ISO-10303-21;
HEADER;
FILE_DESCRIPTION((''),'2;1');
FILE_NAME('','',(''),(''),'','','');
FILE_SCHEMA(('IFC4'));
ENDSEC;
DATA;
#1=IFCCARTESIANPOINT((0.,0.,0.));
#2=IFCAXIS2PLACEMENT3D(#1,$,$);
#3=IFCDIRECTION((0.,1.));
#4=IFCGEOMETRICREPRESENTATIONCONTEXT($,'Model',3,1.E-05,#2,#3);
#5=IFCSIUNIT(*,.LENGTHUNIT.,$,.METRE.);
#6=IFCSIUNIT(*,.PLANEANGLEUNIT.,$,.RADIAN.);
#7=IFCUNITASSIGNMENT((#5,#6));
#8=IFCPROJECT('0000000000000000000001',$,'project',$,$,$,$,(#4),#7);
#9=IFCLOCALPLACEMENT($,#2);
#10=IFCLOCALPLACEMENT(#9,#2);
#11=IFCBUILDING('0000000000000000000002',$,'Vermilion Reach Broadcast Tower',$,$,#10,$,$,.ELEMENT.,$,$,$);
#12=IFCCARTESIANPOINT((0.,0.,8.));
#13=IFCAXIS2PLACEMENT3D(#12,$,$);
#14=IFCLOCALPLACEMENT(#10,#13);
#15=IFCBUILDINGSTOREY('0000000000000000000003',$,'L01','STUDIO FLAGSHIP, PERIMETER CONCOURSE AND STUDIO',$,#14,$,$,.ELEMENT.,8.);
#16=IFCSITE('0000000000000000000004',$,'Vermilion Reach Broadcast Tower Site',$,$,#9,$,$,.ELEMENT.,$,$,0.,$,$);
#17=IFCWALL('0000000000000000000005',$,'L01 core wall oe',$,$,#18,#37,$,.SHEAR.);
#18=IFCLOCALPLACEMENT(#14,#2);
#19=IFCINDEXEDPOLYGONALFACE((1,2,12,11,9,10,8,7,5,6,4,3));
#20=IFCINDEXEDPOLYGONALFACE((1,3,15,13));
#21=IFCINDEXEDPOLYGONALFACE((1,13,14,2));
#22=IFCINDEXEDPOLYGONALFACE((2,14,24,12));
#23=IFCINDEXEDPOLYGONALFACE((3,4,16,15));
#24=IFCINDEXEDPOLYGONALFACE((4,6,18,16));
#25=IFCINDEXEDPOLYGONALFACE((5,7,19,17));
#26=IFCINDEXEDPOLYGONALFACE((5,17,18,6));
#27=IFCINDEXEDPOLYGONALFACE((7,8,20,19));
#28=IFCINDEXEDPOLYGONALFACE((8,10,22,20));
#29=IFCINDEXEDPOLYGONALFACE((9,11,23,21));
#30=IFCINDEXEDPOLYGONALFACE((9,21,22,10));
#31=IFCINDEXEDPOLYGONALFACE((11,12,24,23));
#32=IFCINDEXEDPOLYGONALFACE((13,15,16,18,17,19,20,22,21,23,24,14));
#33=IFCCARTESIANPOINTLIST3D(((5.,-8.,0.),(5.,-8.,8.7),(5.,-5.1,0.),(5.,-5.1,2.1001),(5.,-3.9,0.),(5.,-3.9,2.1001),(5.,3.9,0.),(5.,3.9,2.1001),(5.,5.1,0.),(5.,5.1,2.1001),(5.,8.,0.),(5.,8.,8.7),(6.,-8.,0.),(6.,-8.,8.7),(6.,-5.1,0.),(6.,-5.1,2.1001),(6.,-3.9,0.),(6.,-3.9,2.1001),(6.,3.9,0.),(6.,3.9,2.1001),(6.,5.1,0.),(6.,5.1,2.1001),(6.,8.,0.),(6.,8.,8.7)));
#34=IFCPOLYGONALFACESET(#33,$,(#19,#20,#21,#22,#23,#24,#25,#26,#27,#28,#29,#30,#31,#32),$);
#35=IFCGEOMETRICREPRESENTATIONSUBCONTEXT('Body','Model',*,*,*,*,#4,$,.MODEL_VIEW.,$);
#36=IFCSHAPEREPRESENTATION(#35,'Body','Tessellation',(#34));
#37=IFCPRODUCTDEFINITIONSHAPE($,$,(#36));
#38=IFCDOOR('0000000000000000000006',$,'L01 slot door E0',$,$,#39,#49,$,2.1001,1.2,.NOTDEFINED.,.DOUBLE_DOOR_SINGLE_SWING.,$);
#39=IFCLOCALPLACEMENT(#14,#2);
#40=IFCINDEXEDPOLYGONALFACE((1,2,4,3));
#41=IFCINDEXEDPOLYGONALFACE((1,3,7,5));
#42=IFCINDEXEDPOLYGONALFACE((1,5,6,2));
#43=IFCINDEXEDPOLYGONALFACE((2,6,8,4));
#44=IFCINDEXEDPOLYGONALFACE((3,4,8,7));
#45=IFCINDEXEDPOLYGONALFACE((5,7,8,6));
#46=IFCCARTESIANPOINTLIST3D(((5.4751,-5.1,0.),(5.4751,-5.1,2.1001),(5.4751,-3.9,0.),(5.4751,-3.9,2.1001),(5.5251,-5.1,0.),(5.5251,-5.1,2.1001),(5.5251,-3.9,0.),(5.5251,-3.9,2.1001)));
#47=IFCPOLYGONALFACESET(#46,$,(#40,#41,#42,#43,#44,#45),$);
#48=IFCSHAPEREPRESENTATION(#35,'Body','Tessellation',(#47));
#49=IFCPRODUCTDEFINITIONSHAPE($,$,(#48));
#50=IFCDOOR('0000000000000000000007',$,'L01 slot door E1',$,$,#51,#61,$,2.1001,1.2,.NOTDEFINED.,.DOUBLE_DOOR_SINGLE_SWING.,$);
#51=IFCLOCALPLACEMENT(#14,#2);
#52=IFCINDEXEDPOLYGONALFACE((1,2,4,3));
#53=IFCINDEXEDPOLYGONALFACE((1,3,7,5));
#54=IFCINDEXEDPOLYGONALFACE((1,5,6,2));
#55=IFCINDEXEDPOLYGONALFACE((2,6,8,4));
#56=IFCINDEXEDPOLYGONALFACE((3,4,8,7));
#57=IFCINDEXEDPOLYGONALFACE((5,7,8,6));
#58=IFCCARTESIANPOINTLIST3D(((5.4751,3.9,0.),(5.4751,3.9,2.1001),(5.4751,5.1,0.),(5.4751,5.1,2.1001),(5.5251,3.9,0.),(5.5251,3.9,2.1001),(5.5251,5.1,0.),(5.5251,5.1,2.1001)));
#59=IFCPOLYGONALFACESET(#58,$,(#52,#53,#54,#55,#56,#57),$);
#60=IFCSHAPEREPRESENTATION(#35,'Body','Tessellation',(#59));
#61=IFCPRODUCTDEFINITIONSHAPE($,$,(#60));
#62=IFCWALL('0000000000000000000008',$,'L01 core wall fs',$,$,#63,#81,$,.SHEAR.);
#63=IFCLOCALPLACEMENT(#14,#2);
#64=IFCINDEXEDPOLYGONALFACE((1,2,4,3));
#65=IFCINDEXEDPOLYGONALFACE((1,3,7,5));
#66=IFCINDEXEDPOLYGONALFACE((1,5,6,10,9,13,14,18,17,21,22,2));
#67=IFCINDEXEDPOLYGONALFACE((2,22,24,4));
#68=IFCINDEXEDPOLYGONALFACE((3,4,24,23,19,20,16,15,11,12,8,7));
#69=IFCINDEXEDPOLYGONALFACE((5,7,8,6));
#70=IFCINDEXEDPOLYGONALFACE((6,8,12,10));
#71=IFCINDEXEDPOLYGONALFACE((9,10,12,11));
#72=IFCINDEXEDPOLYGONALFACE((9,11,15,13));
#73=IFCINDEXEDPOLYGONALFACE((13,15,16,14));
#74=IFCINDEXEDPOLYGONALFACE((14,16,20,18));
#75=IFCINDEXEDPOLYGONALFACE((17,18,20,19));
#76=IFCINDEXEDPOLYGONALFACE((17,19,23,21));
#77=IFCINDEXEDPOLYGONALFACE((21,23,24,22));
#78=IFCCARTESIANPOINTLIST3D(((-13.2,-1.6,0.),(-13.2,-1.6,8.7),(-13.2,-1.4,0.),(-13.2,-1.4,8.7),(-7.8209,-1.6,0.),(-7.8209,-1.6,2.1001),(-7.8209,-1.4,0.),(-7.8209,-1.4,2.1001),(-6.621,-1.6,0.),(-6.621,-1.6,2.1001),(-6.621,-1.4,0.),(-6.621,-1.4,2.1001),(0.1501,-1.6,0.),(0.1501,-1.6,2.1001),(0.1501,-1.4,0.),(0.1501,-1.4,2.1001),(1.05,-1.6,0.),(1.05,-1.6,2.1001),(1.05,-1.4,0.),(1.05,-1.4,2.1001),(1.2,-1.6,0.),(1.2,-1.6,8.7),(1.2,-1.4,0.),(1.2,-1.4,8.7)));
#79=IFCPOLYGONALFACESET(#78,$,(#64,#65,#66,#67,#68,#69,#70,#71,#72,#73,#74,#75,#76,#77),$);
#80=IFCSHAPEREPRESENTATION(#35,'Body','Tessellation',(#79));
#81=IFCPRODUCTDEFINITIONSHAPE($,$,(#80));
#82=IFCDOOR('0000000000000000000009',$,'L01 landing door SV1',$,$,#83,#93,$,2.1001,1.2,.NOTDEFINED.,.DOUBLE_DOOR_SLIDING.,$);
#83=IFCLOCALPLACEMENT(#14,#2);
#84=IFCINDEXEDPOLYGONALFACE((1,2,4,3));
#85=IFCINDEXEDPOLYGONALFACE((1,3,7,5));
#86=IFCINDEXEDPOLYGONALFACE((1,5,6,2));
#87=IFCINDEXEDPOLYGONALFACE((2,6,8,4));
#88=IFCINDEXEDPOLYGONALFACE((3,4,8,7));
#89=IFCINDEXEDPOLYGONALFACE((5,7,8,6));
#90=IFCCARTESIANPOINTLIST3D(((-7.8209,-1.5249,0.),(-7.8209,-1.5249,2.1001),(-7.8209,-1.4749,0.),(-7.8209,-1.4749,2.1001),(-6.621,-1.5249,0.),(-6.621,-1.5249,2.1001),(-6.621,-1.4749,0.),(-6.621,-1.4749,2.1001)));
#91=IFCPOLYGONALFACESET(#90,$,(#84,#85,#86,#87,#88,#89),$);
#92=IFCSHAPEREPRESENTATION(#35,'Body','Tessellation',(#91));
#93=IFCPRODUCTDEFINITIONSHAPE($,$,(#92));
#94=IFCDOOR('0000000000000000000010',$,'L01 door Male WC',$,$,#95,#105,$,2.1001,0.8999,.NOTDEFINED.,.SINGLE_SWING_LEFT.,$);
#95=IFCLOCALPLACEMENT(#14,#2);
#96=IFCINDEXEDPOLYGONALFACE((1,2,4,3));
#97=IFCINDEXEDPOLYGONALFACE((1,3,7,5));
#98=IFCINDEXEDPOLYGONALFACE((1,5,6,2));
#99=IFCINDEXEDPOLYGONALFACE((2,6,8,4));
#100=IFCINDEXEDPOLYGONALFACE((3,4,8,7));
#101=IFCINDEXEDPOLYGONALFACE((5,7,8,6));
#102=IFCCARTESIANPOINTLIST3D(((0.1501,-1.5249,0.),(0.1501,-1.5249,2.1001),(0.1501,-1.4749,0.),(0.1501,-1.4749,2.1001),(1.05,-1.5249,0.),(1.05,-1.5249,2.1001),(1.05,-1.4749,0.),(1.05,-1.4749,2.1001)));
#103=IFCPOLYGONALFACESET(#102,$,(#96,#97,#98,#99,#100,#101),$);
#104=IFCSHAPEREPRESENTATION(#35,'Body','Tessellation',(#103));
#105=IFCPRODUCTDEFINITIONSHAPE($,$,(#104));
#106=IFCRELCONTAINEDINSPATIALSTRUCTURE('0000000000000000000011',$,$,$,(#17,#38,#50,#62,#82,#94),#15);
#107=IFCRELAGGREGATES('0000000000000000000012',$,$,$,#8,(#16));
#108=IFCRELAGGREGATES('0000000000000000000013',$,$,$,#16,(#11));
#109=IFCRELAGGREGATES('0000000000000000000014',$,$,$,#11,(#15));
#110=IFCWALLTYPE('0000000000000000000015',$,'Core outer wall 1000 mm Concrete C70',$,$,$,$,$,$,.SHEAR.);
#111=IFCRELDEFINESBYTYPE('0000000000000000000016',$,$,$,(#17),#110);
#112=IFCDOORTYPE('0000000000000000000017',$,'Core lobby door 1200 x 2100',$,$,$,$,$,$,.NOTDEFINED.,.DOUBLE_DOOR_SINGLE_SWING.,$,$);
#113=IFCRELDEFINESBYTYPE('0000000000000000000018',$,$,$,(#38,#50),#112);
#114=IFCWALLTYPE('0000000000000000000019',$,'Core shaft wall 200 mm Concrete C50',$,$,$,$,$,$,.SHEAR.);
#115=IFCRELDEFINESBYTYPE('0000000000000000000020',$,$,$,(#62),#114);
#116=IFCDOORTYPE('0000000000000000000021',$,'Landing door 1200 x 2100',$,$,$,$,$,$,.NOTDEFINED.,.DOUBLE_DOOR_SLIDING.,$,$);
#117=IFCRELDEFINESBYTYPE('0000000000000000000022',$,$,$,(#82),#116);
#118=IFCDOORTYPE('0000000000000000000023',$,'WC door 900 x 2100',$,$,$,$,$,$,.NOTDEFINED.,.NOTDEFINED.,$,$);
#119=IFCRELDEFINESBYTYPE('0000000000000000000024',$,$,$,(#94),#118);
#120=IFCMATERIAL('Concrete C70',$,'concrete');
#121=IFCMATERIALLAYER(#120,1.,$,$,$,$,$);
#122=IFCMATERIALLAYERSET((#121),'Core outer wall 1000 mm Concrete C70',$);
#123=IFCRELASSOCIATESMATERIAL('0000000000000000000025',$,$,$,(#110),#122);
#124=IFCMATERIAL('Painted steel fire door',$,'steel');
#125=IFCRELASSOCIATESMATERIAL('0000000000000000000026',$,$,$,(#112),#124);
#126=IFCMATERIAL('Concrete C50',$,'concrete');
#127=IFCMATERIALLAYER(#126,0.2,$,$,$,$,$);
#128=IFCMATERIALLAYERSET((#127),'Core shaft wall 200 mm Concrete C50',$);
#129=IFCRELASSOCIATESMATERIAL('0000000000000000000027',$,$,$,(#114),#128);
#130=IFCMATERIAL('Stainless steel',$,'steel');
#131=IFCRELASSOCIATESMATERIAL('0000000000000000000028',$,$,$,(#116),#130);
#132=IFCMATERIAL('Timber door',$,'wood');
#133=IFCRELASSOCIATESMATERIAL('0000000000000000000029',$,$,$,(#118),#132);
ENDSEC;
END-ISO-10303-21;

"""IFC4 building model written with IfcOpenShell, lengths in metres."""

from ifc_helpers import new_model, si_unit, direction, frame, frame_2d, origin, place, context, subcontext, project, spatial, rectangle, extrude, material, layer, layer_set, type_object, element, fill, save


model = new_model("IFC4")

# Units and contexts
model_context = context("Model", 3, precision=1e-05, world=origin(), true_north=direction((0.0, 1.0)))
body_context = subcontext(model_context, "Body", "Model", "MODEL_VIEW")
ifc_project = project(units=[si_unit("LENGTHUNIT", "METRE"), si_unit("PLANEANGLEUNIT", "RADIAN")], contexts=[model_context])

# Site, building, storey
site_placement = place(None, origin())
site = spatial("IfcSite", under=ifc_project, at=site_placement, Name="Vermilion Reach Broadcast Tower Site", CompositionType="ELEMENT", RefElevation=0.0)
building_placement = place(site_placement, origin())
building = spatial("IfcBuilding", under=site, at=building_placement, Name="Vermilion Reach Broadcast Tower", CompositionType="ELEMENT")
storey_placement = place(building_placement, frame((0.0, 0.0, 8.0)))
storey = spatial("IfcBuildingStorey", under=building, at=storey_placement, Name="L01", Description="STUDIO FLAGSHIP, PERIMETER CONCOURSE AND STUDIO", CompositionType="ELEMENT", Elevation=8.0)

# Walls, openings, doors
ifc_material_1 = material(Name="Concrete C70", Category="concrete")
ifc_layer_1 = layer(ifc_material_1, 1.0)
ifc_layer_set_1 = layer_set([ifc_layer_1], Name="Core outer wall 1000 mm Concrete C70")
wall_type_1 = type_object("IfcWallType", Name="Core outer wall 1000 mm Concrete C70", PredefinedType="SHEAR", material=ifc_layer_set_1)
wall_1_placement = place(storey_placement, frame((5.5, -8.0, 0.0), z_axis=(0.0, 0.0, 1.0), x_axis=(0.0, 1.0, 0.0)))
wall_1 = element("IfcWall", 1, at=wall_1_placement, inside=storey, type_object=wall_type_1, Name="L01 core wall oe", PredefinedType="SHEAR", context=body_context, shape_type="SweptSolid", body=[
    extrude(rectangle(XDim=16.0, YDim=1.0, at=frame_2d((8.0, 0.0))), origin(), (0.0, 0.0, 1.0), 8.7),
])
opening_1_placement = place(wall_1_placement, frame((2.8999, 0.0, 0.0)))
opening_1 = element("IfcOpeningElement", 2, at=opening_1_placement, cuts=wall_1, PredefinedType="OPENING", context=body_context, shape_type="SweptSolid", body=[
    extrude(rectangle(XDim=1.2, YDim=2.1001, at=frame_2d((0.6001, 1.05))), frame((0.0, 0.51, 0.0), z_axis=(0.0, -1.0, 0.0), x_axis=(1.0, 0.0, 0.0)), (0.0, 0.0, 1.0), 1.02),
])
opening_2_placement = place(wall_1_placement, frame((11.8999, 0.0, 0.0)))
opening_2 = element("IfcOpeningElement", 3, at=opening_2_placement, cuts=wall_1, PredefinedType="OPENING", context=body_context, shape_type="SweptSolid", body=[
    extrude(rectangle(XDim=1.2, YDim=2.1001, at=frame_2d((0.6001, 1.05))), frame((0.0, 0.51, 0.0), z_axis=(0.0, -1.0, 0.0), x_axis=(1.0, 0.0, 0.0)), (0.0, 0.0, 1.0), 1.02),
])
ifc_material_2 = material(Name="Painted steel fire door", Category="steel")
door_type_1 = type_object("IfcDoorType", Name="Core lobby door 1200 x 2100", OperationType="DOUBLE_DOOR_SINGLE_SWING", PredefinedType="NOTDEFINED", material=ifc_material_2)
door_1_placement = place(opening_1_placement, origin())
door_1 = element("IfcDoor", 4, at=door_1_placement, inside=storey, type_object=door_type_1, Name="L01 slot door E0", OperationType="DOUBLE_DOOR_SINGLE_SWING", OverallHeight=2.1001, OverallWidth=1.2, PredefinedType="NOTDEFINED", context=body_context, shape_type="SweptSolid", body=[
    extrude(rectangle(XDim=1.2, YDim=2.1001, at=frame_2d((0.6001, 1.05))), frame((0.0, 0.0249, 0.0), z_axis=(0.0, -1.0, 0.0), x_axis=(1.0, 0.0, 0.0)), (0.0, 0.0, 1.0), 0.05),
])
fill(opening_1, door_1)
door_2_placement = place(opening_2_placement, origin())
door_2 = element("IfcDoor", 5, at=door_2_placement, inside=storey, type_object=door_type_1, Name="L01 slot door E1", OperationType="DOUBLE_DOOR_SINGLE_SWING", OverallHeight=2.1001, OverallWidth=1.2, PredefinedType="NOTDEFINED", context=body_context, shape_type="SweptSolid", body=[
    extrude(rectangle(XDim=1.2, YDim=2.1001, at=frame_2d((0.6001, 1.05))), frame((0.0, 0.0249, 0.0), z_axis=(0.0, -1.0, 0.0), x_axis=(1.0, 0.0, 0.0)), (0.0, 0.0, 1.0), 0.05),
])
fill(opening_2, door_2)
ifc_material_3 = material(Name="Concrete C50", Category="concrete")
ifc_layer_2 = layer(ifc_material_3, 0.2)
ifc_layer_set_2 = layer_set([ifc_layer_2], Name="Core shaft wall 200 mm Concrete C50")
wall_type_2 = type_object("IfcWallType", Name="Core shaft wall 200 mm Concrete C50", PredefinedType="SHEAR", material=ifc_layer_set_2)
wall_2_placement = place(storey_placement, frame((1.2, -1.5, 0.0), z_axis=(0.0, 0.0, 1.0), x_axis=(-1.0, 0.0, 0.0)))
wall_2 = element("IfcWall", 6, at=wall_2_placement, inside=storey, type_object=wall_type_2, Name="L01 core wall fs", PredefinedType="SHEAR", context=body_context, shape_type="SweptSolid", body=[
    extrude(rectangle(XDim=14.3999, YDim=0.2, at=frame_2d((7.2, 0.0))), origin(), (0.0, 0.0, 1.0), 8.7),
])
opening_3_placement = place(wall_2_placement, frame((7.8208, 0.0, 0.0)))
opening_3 = element("IfcOpeningElement", 7, at=opening_3_placement, cuts=wall_2, PredefinedType="OPENING", context=body_context, shape_type="SweptSolid", body=[
    extrude(rectangle(XDim=1.2, YDim=2.1001, at=frame_2d((0.6001, 1.05))), frame((0.0, 0.1099, 0.0), z_axis=(0.0, -1.0, 0.0), x_axis=(1.0, 0.0, 0.0)), (0.0, 0.0, 1.0), 0.22),
])
opening_4_placement = place(wall_2_placement, frame((0.1499, 0.0, 0.0)))
opening_4 = element("IfcOpeningElement", 8, at=opening_4_placement, cuts=wall_2, PredefinedType="OPENING", context=body_context, shape_type="SweptSolid", body=[
    extrude(rectangle(XDim=0.8999, YDim=2.1001, at=frame_2d((0.45, 1.05))), frame((0.0, 0.1099, 0.0), z_axis=(0.0, -1.0, 0.0), x_axis=(1.0, 0.0, 0.0)), (0.0, 0.0, 1.0), 0.22),
])
ifc_material_4 = material(Name="Stainless steel", Category="steel")
door_type_2 = type_object("IfcDoorType", Name="Landing door 1200 x 2100", OperationType="DOUBLE_DOOR_SLIDING", PredefinedType="NOTDEFINED", material=ifc_material_4)
door_3_placement = place(opening_3_placement, origin())
door_3 = element("IfcDoor", 9, at=door_3_placement, inside=storey, type_object=door_type_2, Name="L01 landing door SV1", OperationType="DOUBLE_DOOR_SLIDING", OverallHeight=2.1001, OverallWidth=1.2, PredefinedType="NOTDEFINED", context=body_context, shape_type="SweptSolid", body=[
    extrude(rectangle(XDim=1.2, YDim=2.1001, at=frame_2d((0.6001, 1.05))), frame((0.0, 0.0249, 0.0), z_axis=(0.0, -1.0, 0.0), x_axis=(1.0, 0.0, 0.0)), (0.0, 0.0, 1.0), 0.05),
])
fill(opening_3, door_3)
ifc_material_5 = material(Name="Timber door", Category="wood")
door_type_3 = type_object("IfcDoorType", Name="WC door 900 x 2100", OperationType="NOTDEFINED", PredefinedType="NOTDEFINED", material=ifc_material_5)
door_4_placement = place(opening_4_placement, origin())
door_4 = element("IfcDoor", 10, at=door_4_placement, inside=storey, type_object=door_type_3, Name="L01 door Male WC", OperationType="SINGLE_SWING_LEFT", OverallHeight=2.1001, OverallWidth=0.8999, PredefinedType="NOTDEFINED", context=body_context, shape_type="SweptSolid", body=[
    extrude(rectangle(XDim=0.8999, YDim=2.1001, at=frame_2d((0.45, 1.05))), frame((0.0, 0.0249, 0.0), z_axis=(0.0, -1.0, 0.0), x_axis=(1.0, 0.0, 0.0)), (0.0, 0.0, 1.0), 0.05),
])
fill(opening_4, door_4)

save(model, "model.ifc")
